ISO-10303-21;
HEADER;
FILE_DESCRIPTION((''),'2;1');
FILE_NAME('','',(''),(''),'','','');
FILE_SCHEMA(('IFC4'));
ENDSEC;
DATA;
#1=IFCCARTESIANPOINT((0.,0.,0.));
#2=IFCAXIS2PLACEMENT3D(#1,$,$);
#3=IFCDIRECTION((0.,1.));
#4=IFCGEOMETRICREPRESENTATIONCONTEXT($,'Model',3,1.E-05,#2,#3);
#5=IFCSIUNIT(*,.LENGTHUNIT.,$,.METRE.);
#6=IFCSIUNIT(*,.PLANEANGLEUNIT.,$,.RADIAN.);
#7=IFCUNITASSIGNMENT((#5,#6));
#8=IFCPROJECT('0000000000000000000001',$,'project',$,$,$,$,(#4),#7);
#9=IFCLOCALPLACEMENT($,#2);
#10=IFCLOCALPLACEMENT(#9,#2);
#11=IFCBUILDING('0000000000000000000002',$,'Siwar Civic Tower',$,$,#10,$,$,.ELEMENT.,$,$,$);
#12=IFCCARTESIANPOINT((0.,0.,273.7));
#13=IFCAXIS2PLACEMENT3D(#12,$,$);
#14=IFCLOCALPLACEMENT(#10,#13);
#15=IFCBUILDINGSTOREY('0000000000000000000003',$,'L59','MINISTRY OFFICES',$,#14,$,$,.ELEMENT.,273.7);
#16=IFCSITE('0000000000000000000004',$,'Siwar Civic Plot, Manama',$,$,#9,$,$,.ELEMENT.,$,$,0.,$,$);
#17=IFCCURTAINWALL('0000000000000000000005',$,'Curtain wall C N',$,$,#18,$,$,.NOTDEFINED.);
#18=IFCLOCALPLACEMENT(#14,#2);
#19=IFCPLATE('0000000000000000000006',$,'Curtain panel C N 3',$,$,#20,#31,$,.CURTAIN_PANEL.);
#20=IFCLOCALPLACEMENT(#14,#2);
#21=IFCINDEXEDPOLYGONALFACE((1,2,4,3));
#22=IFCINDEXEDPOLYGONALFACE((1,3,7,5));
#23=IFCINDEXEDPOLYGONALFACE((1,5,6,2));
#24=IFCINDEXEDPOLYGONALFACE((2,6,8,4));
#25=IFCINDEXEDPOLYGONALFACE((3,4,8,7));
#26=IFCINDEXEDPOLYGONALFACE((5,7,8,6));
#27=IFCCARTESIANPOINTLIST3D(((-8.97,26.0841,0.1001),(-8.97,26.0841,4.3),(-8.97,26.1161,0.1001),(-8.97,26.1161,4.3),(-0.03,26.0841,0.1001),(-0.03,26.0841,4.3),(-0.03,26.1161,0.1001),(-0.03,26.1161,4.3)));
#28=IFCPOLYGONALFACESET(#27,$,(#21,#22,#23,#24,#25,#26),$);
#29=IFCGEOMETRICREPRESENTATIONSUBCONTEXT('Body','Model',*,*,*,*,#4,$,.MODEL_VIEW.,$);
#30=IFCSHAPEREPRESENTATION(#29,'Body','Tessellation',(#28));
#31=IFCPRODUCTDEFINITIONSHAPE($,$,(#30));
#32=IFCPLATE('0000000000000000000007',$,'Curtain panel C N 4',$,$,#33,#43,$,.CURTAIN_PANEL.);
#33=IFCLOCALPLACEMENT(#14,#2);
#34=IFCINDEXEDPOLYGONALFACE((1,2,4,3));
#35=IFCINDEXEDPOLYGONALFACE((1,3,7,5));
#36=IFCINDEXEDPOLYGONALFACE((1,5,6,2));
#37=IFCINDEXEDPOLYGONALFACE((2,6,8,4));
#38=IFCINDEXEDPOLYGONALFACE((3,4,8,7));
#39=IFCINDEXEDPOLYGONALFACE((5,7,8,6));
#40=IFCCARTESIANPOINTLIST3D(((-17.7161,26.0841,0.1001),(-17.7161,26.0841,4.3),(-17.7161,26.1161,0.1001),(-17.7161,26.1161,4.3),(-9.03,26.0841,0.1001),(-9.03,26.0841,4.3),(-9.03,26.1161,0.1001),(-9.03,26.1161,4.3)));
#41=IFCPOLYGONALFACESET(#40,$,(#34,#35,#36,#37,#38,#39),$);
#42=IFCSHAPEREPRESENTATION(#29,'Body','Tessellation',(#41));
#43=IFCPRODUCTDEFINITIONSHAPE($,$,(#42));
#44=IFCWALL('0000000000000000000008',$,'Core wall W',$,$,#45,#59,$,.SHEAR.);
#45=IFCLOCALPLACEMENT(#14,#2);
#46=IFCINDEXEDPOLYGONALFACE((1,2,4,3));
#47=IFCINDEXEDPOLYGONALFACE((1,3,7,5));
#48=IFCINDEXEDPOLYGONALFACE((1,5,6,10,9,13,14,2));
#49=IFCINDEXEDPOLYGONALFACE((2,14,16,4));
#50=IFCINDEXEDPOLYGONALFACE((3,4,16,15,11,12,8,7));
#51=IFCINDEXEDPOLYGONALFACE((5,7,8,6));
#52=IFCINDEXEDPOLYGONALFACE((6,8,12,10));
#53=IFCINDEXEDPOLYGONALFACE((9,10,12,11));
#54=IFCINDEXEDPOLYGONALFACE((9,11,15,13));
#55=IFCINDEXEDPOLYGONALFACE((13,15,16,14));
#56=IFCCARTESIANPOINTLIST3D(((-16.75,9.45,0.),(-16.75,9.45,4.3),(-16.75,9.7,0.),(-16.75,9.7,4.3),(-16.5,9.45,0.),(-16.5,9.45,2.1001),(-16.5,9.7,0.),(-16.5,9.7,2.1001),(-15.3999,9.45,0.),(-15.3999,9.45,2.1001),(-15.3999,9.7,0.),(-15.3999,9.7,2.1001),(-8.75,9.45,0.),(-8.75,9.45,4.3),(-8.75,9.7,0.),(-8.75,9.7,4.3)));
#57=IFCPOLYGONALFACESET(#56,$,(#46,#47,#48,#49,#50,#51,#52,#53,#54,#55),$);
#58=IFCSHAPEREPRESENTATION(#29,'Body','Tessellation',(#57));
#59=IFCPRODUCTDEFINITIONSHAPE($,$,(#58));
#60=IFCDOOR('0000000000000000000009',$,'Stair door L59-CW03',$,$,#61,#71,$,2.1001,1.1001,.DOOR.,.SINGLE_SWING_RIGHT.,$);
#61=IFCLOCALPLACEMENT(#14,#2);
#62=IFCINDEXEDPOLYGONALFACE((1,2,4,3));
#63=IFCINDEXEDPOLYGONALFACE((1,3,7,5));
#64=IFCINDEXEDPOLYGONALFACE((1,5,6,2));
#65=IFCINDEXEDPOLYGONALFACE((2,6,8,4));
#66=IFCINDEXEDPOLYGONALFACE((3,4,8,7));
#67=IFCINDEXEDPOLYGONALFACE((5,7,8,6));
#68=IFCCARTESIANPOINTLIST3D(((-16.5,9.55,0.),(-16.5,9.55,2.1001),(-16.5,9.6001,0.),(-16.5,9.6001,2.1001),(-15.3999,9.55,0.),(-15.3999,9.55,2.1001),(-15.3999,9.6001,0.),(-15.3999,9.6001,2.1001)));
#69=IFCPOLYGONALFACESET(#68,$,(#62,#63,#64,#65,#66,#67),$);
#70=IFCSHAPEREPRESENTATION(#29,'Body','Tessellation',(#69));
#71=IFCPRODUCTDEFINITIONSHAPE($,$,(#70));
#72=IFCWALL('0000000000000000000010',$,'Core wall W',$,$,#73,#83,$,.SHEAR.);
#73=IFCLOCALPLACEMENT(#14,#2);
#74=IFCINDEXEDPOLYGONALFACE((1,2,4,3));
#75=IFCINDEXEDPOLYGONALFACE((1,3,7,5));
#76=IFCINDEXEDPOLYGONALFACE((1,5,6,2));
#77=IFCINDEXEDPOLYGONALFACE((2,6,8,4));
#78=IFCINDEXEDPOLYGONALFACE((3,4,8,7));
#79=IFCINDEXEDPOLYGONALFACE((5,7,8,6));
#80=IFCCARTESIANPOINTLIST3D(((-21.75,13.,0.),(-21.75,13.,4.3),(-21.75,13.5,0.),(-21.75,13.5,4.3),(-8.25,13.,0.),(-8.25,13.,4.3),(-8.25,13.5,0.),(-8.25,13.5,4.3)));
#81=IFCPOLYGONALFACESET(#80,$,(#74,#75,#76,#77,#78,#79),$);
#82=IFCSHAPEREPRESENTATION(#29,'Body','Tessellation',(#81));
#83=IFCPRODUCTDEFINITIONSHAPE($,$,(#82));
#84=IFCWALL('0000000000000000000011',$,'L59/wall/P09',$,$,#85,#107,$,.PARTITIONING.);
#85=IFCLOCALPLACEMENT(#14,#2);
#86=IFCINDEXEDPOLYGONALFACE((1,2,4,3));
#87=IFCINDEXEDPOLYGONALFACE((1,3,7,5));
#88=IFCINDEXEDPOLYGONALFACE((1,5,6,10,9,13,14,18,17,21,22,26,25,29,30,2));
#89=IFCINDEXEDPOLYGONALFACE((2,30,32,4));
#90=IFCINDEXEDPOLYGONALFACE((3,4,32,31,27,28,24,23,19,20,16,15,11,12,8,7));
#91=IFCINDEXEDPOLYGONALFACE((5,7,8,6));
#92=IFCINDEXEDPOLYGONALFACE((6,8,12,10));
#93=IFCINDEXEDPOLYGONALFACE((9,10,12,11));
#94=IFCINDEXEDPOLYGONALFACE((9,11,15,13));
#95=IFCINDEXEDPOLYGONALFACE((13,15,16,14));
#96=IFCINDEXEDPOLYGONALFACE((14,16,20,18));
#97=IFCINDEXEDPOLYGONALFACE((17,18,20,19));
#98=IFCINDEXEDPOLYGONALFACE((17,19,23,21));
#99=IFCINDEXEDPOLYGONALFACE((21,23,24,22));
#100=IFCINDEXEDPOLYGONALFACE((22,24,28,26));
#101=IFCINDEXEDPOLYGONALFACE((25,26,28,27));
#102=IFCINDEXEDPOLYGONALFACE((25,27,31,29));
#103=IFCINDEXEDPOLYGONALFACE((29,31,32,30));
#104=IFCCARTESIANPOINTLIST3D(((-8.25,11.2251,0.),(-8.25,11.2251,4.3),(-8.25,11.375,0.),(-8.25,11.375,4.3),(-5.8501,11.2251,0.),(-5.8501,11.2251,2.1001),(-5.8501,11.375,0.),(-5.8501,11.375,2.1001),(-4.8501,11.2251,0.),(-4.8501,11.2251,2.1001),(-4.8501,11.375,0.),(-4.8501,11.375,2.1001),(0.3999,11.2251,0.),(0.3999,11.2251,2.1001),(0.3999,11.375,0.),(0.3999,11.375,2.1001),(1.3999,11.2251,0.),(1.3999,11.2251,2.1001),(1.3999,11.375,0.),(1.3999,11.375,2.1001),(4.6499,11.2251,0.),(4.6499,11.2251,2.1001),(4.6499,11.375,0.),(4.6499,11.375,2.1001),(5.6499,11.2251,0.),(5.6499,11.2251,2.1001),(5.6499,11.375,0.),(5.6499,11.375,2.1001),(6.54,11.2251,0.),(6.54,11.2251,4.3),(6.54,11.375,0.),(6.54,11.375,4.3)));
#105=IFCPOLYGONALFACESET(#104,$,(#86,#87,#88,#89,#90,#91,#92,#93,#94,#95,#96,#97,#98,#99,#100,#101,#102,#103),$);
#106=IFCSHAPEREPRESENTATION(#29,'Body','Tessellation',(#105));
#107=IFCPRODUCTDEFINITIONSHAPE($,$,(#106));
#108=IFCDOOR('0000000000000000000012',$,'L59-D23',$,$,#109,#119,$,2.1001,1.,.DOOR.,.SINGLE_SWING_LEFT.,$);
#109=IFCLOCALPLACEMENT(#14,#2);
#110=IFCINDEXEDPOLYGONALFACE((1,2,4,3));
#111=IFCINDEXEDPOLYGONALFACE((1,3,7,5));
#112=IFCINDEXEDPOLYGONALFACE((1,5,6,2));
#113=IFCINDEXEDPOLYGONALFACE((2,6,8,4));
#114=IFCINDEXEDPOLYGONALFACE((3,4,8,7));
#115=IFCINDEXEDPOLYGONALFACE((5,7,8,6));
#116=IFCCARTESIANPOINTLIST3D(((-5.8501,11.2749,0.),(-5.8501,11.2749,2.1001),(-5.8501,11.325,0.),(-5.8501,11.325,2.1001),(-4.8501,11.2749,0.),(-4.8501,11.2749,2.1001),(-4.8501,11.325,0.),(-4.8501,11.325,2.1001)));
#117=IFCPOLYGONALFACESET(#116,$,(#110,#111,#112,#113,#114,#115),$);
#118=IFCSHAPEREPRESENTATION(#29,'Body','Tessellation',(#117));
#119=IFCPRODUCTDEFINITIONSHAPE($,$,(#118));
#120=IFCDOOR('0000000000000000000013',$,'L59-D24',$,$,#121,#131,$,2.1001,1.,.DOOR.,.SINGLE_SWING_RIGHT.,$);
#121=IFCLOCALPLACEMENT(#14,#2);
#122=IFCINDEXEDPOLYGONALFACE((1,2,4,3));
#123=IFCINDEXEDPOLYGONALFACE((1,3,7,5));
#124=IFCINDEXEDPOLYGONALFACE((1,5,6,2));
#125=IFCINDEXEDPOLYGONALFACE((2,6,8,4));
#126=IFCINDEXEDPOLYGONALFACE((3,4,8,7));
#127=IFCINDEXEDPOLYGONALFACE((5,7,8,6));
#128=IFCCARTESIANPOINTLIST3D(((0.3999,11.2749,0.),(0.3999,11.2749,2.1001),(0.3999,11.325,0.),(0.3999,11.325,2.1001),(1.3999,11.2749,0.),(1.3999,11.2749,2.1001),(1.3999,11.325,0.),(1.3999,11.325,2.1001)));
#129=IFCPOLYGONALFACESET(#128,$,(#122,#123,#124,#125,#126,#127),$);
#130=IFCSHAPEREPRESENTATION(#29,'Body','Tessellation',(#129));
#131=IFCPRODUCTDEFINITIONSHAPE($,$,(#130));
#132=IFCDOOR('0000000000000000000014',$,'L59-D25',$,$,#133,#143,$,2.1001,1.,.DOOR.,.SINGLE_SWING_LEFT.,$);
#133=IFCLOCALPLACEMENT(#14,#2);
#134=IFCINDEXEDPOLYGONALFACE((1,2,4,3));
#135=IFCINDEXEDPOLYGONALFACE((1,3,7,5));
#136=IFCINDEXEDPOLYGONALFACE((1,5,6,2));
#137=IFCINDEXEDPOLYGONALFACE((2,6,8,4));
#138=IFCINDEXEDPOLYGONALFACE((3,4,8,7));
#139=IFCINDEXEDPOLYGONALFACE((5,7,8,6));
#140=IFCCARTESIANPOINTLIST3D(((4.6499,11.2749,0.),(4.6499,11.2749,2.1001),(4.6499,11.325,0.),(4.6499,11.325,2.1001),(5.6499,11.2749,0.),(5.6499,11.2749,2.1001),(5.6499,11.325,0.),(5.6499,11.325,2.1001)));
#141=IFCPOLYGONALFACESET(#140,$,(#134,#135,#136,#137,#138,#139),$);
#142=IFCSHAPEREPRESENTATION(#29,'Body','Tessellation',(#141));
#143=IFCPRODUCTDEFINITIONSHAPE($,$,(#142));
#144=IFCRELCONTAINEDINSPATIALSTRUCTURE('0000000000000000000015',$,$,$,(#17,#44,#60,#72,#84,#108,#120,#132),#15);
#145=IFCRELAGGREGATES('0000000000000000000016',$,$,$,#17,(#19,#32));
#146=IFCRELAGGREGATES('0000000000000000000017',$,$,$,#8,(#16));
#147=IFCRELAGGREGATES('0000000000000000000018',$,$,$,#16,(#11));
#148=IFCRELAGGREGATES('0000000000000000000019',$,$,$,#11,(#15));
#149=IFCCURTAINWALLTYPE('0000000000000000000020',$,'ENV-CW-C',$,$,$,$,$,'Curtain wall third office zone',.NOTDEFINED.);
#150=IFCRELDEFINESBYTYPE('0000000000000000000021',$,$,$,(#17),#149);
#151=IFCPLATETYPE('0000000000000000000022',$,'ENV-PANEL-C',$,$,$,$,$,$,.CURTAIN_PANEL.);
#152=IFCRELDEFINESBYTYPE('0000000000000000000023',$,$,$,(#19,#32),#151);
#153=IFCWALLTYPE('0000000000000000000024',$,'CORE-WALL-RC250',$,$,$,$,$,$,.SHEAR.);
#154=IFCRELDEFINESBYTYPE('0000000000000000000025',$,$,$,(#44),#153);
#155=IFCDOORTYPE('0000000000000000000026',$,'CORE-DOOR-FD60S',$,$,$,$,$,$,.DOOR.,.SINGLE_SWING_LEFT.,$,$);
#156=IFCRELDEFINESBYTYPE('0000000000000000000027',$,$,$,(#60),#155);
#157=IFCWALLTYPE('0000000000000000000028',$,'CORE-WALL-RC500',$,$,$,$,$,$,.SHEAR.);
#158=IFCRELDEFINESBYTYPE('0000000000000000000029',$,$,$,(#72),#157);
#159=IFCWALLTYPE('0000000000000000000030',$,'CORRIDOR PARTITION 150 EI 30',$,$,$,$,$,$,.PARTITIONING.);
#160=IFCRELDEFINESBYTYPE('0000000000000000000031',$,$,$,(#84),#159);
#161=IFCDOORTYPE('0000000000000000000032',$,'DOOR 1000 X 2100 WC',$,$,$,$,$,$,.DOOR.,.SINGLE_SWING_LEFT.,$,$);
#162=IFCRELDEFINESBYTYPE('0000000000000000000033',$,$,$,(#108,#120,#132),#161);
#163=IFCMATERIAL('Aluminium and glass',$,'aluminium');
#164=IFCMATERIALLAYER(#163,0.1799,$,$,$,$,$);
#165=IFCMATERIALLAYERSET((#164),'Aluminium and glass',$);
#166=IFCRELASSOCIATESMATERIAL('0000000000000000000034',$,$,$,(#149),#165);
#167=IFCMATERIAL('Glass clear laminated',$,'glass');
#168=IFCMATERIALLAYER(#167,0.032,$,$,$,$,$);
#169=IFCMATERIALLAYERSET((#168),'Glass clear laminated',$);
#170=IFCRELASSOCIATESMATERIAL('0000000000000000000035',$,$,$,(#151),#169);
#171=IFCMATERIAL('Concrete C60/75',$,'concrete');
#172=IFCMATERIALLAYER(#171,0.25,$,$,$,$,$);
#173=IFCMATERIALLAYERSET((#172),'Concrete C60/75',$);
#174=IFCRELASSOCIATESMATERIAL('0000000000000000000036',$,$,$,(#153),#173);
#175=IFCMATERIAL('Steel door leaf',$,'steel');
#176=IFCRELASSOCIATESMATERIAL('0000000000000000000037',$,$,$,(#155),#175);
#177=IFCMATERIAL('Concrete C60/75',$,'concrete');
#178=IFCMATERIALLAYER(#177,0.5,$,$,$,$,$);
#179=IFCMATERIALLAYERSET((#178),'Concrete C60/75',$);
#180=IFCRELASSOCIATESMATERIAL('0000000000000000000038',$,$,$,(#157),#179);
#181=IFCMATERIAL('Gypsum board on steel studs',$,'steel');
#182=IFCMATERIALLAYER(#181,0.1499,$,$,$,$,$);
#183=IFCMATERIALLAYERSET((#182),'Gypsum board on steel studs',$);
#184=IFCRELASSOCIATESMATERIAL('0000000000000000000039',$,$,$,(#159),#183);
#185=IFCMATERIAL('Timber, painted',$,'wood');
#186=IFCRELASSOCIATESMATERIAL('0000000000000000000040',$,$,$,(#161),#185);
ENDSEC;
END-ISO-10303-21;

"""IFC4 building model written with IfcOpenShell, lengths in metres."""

from ifc_helpers import new_model, si_unit, direction, frame, frame_2d, origin, origin_2d, place, context, subcontext, project, spatial, rectangle, extrude, material, layer, layer_set, type_object, element, fill, aggregate, save


model = new_model("IFC4")

# Units and contexts
model_context = context("Model", 3, precision=1e-05, world=origin(), true_north=direction((0.0, 1.0)))
body_context = subcontext(model_context, "Body", "Model", "MODEL_VIEW")
ifc_project = project(units=[si_unit("LENGTHUNIT", "METRE"), si_unit("PLANEANGLEUNIT", "RADIAN")], contexts=[model_context])

# Site, building, storey
site_placement = place(None, origin())
site = spatial("IfcSite", under=ifc_project, at=site_placement, Name="Siwar Civic Plot, Manama", CompositionType="ELEMENT", RefElevation=0.0)
building_placement = place(site_placement, origin())
building = spatial("IfcBuilding", under=site, at=building_placement, Name="Siwar Civic Tower", CompositionType="ELEMENT")
storey_placement = place(building_placement, frame((0.0, 0.0, 273.7)))
storey = spatial("IfcBuildingStorey", under=building, at=storey_placement, Name="L59", Description="MINISTRY OFFICES", CompositionType="ELEMENT", Elevation=273.7)

# Curtain wall
ifc_material_1 = material(Name="Aluminium and glass", Category="aluminium")
ifc_layer_1 = layer(ifc_material_1, 0.1799)
ifc_layer_set_1 = layer_set([ifc_layer_1], Name="Aluminium and glass")
curtain_wall_type_1 = type_object("IfcCurtainWallType", Name="ENV-CW-C", ElementType="Curtain wall third office zone", PredefinedType="NOTDEFINED", material=ifc_layer_set_1)
curtain_wall_1_placement = place(storey_placement, origin())
curtain_wall_1 = element("IfcCurtainWall", 1, at=curtain_wall_1_placement, inside=storey, type_object=curtain_wall_type_1, Name="Curtain wall C N", PredefinedType="NOTDEFINED")

# Plates
ifc_material_2 = material(Name="Glass clear laminated", Category="glass")
ifc_layer_2 = layer(ifc_material_2, 0.032)
ifc_layer_set_2 = layer_set([ifc_layer_2], Name="Glass clear laminated")
plate_type = type_object("IfcPlateType", Name="ENV-PANEL-C", PredefinedType="CURTAIN_PANEL", material=ifc_layer_set_2)
plate_1_placement = place(storey_placement, frame((-4.5, 26.1001, 0.1001), z_axis=(0.0, 0.0, 1.0), x_axis=(-1.0, 0.0, 0.0)))
plate_1 = element("IfcPlate", 2, at=plate_1_placement, type_object=plate_type, Name="Curtain panel C N 3", PredefinedType="CURTAIN_PANEL", context=body_context, shape_type="SweptSolid", body=[
    extrude(rectangle(XDim=8.9399, YDim=0.032, at=origin_2d()), origin(), (0.0, 0.0, 1.0), 4.2),
])
plate_2_placement = place(storey_placement, frame((-13.373, 26.1001, 0.1001), z_axis=(0.0, 0.0, 1.0), x_axis=(-1.0, 0.0, 0.0)))
plate_2 = element("IfcPlate", 3, at=plate_2_placement, type_object=plate_type, Name="Curtain panel C N 4", PredefinedType="CURTAIN_PANEL", context=body_context, shape_type="SweptSolid", body=[
    extrude(rectangle(XDim=8.686, YDim=0.032, at=origin_2d()), origin(), (0.0, 0.0, 1.0), 4.2),
])
aggregate(curtain_wall_1, [plate_1, plate_2])

# Wall, opening, door
ifc_material_3 = material(Name="Concrete C60/75", Category="concrete")
ifc_layer_3 = layer(ifc_material_3, 0.25)
ifc_layer_set_3 = layer_set([ifc_layer_3], Name="Concrete C60/75")
wall_type_1 = type_object("IfcWallType", Name="CORE-WALL-RC250", PredefinedType="SHEAR", material=ifc_layer_set_3)
wall_1_placement = place(storey_placement, frame((-8.75, 9.575, 0.0), z_axis=(0.0, 0.0, 1.0), x_axis=(-1.0, 0.0, 0.0)))
wall_1 = element("IfcWall", 4, at=wall_1_placement, inside=storey, type_object=wall_type_1, Name="Core wall W", PredefinedType="SHEAR", context=body_context, shape_type="SweptSolid", body=[
    extrude(rectangle(XDim=8.0, YDim=0.25, at=frame_2d((4.0, 0.0))), origin(), (0.0, 0.0, 1.0), 4.3),
])
opening_1_placement = place(wall_1_placement, frame((6.6499, 0.0, 0.0)))
opening_1 = element("IfcOpeningElement", 5, at=opening_1_placement, cuts=wall_1, PredefinedType="OPENING", context=body_context, shape_type="SweptSolid", body=[
    extrude(rectangle(XDim=1.1001, YDim=2.1001, at=frame_2d((0.55, 1.05))), frame((0.0, 0.135, 0.0), z_axis=(0.0, -1.0, 0.0), x_axis=(1.0, 0.0, 0.0)), (0.0, 0.0, 1.0), 0.27),
])
ifc_material_4 = material(Name="Steel door leaf", Category="steel")
door_type_1 = type_object("IfcDoorType", Name="CORE-DOOR-FD60S", OperationType="SINGLE_SWING_LEFT", PredefinedType="DOOR", material=ifc_material_4)
door_1_placement = place(opening_1_placement, origin())
door_1 = element("IfcDoor", 6, at=door_1_placement, inside=storey, type_object=door_type_1, Name="Stair door L59-CW03", OperationType="SINGLE_SWING_RIGHT", OverallHeight=2.1001, OverallWidth=1.1001, PredefinedType="DOOR", context=body_context, shape_type="SweptSolid", body=[
    extrude(rectangle(XDim=1.1001, YDim=2.1001, at=frame_2d((0.55, 1.05))), frame((0.0, 0.0249, 0.0), z_axis=(0.0, -1.0, 0.0), x_axis=(1.0, 0.0, 0.0)), (0.0, 0.0, 1.0), 0.05),
])
fill(opening_1, door_1)

# Wall
ifc_material_5 = material(Name="Concrete C60/75", Category="concrete")
ifc_layer_4 = layer(ifc_material_5, 0.5)
ifc_layer_set_4 = layer_set([ifc_layer_4], Name="Concrete C60/75")
wall_type_2 = type_object("IfcWallType", Name="CORE-WALL-RC500", PredefinedType="SHEAR", material=ifc_layer_set_4)
wall_2_placement = place(storey_placement, frame((-8.25, 13.25, 0.0), z_axis=(0.0, 0.0, 1.0), x_axis=(-1.0, 0.0, 0.0)))
element("IfcWall", 7, at=wall_2_placement, inside=storey, type_object=wall_type_2, Name="Core wall W", PredefinedType="SHEAR", context=body_context, shape_type="SweptSolid", body=[
    extrude(rectangle(XDim=13.5, YDim=0.5, at=frame_2d((6.75, 0.0))), origin(), (0.0, 0.0, 1.0), 4.3),
])

# Wall, openings, doors
ifc_material_6 = material(Name="Gypsum board on steel studs", Category="steel")
ifc_layer_5 = layer(ifc_material_6, 0.1499)
ifc_layer_set_5 = layer_set([ifc_layer_5], Name="Gypsum board on steel studs")
wall_type_3 = type_object("IfcWallType", Name="CORRIDOR PARTITION 150 EI 30", PredefinedType="PARTITIONING", material=ifc_layer_set_5)
wall_3_placement = place(storey_placement, frame((-8.25, 11.3, 0.0), z_axis=(0.0, 0.0, 1.0), x_axis=(1.0, 0.0, 0.0)))
wall_3 = element("IfcWall", 8, at=wall_3_placement, inside=storey, type_object=wall_type_3, Name="L59/wall/P09", PredefinedType="PARTITIONING", context=body_context, shape_type="SweptSolid", body=[
    extrude(rectangle(XDim=14.79, YDim=0.1499, at=frame_2d((7.395, 0.0))), origin(), (0.0, 0.0, 1.0), 4.3),
])
opening_2_placement = place(wall_3_placement, frame((2.3999, 0.0, 0.0)))
opening_2 = element("IfcOpeningElement", 9, at=opening_2_placement, cuts=wall_3, PredefinedType="OPENING", context=body_context, shape_type="SweptSolid", body=[
    extrude(rectangle(XDim=1.0, YDim=2.1001, at=frame_2d((0.5, 1.05))), frame((0.0, 0.085, 0.0), z_axis=(0.0, -1.0, 0.0), x_axis=(1.0, 0.0, 0.0)), (0.0, 0.0, 1.0), 0.1699),
])
opening_3_placement = place(wall_3_placement, frame((8.6499, 0.0, 0.0)))
opening_3 = element("IfcOpeningElement", 10, at=opening_3_placement, cuts=wall_3, PredefinedType="OPENING", context=body_context, shape_type="SweptSolid", body=[
    extrude(rectangle(XDim=1.0, YDim=2.1001, at=frame_2d((0.5, 1.05))), frame((0.0, 0.085, 0.0), z_axis=(0.0, -1.0, 0.0), x_axis=(1.0, 0.0, 0.0)), (0.0, 0.0, 1.0), 0.1699),
])
opening_4_placement = place(wall_3_placement, frame((12.8999, 0.0, 0.0)))
opening_4 = element("IfcOpeningElement", 11, at=opening_4_placement, cuts=wall_3, PredefinedType="OPENING", context=body_context, shape_type="SweptSolid", body=[
    extrude(rectangle(XDim=1.0, YDim=2.1001, at=frame_2d((0.5, 1.05))), frame((0.0, 0.085, 0.0), z_axis=(0.0, -1.0, 0.0), x_axis=(1.0, 0.0, 0.0)), (0.0, 0.0, 1.0), 0.1699),
])
ifc_material_7 = material(Name="Timber, painted", Category="wood")
door_type_2 = type_object("IfcDoorType", Name="DOOR 1000 X 2100 WC", OperationType="SINGLE_SWING_LEFT", PredefinedType="DOOR", material=ifc_material_7)
door_2_placement = place(opening_2_placement, origin())
door_2 = element("IfcDoor", 12, at=door_2_placement, inside=storey, type_object=door_type_2, Name="L59-D23", OperationType="SINGLE_SWING_LEFT", OverallHeight=2.1001, OverallWidth=1.0, PredefinedType="DOOR", context=body_context, shape_type="SweptSolid", body=[
    extrude(rectangle(XDim=1.0, YDim=2.1001, at=frame_2d((0.5, 1.05))), frame((0.0, 0.0249, 0.0), z_axis=(0.0, -1.0, 0.0), x_axis=(1.0, 0.0, 0.0)), (0.0, 0.0, 1.0), 0.05),
])
fill(opening_2, door_2)
door_3_placement = place(opening_3_placement, origin())
door_3 = element("IfcDoor", 13, at=door_3_placement, inside=storey, type_object=door_type_2, Name="L59-D24", OperationType="SINGLE_SWING_RIGHT", OverallHeight=2.1001, OverallWidth=1.0, PredefinedType="DOOR", context=body_context, shape_type="SweptSolid", body=[
    extrude(rectangle(XDim=1.0, YDim=2.1001, at=frame_2d((0.5, 1.05))), frame((0.0, 0.0249, 0.0), z_axis=(0.0, -1.0, 0.0), x_axis=(1.0, 0.0, 0.0)), (0.0, 0.0, 1.0), 0.05),
])
fill(opening_3, door_3)
door_4_placement = place(opening_4_placement, origin())
door_4 = element("IfcDoor", 14, at=door_4_placement, inside=storey, type_object=door_type_2, Name="L59-D25", OperationType="SINGLE_SWING_LEFT", OverallHeight=2.1001, OverallWidth=1.0, PredefinedType="DOOR", context=body_context, shape_type="SweptSolid", body=[
    extrude(rectangle(XDim=1.0, YDim=2.1001, at=frame_2d((0.5, 1.05))), frame((0.0, 0.0249, 0.0), z_axis=(0.0, -1.0, 0.0), x_axis=(1.0, 0.0, 0.0)), (0.0, 0.0, 1.0), 0.05),
])
fill(opening_4, door_4)

save(model, "model.ifc")
